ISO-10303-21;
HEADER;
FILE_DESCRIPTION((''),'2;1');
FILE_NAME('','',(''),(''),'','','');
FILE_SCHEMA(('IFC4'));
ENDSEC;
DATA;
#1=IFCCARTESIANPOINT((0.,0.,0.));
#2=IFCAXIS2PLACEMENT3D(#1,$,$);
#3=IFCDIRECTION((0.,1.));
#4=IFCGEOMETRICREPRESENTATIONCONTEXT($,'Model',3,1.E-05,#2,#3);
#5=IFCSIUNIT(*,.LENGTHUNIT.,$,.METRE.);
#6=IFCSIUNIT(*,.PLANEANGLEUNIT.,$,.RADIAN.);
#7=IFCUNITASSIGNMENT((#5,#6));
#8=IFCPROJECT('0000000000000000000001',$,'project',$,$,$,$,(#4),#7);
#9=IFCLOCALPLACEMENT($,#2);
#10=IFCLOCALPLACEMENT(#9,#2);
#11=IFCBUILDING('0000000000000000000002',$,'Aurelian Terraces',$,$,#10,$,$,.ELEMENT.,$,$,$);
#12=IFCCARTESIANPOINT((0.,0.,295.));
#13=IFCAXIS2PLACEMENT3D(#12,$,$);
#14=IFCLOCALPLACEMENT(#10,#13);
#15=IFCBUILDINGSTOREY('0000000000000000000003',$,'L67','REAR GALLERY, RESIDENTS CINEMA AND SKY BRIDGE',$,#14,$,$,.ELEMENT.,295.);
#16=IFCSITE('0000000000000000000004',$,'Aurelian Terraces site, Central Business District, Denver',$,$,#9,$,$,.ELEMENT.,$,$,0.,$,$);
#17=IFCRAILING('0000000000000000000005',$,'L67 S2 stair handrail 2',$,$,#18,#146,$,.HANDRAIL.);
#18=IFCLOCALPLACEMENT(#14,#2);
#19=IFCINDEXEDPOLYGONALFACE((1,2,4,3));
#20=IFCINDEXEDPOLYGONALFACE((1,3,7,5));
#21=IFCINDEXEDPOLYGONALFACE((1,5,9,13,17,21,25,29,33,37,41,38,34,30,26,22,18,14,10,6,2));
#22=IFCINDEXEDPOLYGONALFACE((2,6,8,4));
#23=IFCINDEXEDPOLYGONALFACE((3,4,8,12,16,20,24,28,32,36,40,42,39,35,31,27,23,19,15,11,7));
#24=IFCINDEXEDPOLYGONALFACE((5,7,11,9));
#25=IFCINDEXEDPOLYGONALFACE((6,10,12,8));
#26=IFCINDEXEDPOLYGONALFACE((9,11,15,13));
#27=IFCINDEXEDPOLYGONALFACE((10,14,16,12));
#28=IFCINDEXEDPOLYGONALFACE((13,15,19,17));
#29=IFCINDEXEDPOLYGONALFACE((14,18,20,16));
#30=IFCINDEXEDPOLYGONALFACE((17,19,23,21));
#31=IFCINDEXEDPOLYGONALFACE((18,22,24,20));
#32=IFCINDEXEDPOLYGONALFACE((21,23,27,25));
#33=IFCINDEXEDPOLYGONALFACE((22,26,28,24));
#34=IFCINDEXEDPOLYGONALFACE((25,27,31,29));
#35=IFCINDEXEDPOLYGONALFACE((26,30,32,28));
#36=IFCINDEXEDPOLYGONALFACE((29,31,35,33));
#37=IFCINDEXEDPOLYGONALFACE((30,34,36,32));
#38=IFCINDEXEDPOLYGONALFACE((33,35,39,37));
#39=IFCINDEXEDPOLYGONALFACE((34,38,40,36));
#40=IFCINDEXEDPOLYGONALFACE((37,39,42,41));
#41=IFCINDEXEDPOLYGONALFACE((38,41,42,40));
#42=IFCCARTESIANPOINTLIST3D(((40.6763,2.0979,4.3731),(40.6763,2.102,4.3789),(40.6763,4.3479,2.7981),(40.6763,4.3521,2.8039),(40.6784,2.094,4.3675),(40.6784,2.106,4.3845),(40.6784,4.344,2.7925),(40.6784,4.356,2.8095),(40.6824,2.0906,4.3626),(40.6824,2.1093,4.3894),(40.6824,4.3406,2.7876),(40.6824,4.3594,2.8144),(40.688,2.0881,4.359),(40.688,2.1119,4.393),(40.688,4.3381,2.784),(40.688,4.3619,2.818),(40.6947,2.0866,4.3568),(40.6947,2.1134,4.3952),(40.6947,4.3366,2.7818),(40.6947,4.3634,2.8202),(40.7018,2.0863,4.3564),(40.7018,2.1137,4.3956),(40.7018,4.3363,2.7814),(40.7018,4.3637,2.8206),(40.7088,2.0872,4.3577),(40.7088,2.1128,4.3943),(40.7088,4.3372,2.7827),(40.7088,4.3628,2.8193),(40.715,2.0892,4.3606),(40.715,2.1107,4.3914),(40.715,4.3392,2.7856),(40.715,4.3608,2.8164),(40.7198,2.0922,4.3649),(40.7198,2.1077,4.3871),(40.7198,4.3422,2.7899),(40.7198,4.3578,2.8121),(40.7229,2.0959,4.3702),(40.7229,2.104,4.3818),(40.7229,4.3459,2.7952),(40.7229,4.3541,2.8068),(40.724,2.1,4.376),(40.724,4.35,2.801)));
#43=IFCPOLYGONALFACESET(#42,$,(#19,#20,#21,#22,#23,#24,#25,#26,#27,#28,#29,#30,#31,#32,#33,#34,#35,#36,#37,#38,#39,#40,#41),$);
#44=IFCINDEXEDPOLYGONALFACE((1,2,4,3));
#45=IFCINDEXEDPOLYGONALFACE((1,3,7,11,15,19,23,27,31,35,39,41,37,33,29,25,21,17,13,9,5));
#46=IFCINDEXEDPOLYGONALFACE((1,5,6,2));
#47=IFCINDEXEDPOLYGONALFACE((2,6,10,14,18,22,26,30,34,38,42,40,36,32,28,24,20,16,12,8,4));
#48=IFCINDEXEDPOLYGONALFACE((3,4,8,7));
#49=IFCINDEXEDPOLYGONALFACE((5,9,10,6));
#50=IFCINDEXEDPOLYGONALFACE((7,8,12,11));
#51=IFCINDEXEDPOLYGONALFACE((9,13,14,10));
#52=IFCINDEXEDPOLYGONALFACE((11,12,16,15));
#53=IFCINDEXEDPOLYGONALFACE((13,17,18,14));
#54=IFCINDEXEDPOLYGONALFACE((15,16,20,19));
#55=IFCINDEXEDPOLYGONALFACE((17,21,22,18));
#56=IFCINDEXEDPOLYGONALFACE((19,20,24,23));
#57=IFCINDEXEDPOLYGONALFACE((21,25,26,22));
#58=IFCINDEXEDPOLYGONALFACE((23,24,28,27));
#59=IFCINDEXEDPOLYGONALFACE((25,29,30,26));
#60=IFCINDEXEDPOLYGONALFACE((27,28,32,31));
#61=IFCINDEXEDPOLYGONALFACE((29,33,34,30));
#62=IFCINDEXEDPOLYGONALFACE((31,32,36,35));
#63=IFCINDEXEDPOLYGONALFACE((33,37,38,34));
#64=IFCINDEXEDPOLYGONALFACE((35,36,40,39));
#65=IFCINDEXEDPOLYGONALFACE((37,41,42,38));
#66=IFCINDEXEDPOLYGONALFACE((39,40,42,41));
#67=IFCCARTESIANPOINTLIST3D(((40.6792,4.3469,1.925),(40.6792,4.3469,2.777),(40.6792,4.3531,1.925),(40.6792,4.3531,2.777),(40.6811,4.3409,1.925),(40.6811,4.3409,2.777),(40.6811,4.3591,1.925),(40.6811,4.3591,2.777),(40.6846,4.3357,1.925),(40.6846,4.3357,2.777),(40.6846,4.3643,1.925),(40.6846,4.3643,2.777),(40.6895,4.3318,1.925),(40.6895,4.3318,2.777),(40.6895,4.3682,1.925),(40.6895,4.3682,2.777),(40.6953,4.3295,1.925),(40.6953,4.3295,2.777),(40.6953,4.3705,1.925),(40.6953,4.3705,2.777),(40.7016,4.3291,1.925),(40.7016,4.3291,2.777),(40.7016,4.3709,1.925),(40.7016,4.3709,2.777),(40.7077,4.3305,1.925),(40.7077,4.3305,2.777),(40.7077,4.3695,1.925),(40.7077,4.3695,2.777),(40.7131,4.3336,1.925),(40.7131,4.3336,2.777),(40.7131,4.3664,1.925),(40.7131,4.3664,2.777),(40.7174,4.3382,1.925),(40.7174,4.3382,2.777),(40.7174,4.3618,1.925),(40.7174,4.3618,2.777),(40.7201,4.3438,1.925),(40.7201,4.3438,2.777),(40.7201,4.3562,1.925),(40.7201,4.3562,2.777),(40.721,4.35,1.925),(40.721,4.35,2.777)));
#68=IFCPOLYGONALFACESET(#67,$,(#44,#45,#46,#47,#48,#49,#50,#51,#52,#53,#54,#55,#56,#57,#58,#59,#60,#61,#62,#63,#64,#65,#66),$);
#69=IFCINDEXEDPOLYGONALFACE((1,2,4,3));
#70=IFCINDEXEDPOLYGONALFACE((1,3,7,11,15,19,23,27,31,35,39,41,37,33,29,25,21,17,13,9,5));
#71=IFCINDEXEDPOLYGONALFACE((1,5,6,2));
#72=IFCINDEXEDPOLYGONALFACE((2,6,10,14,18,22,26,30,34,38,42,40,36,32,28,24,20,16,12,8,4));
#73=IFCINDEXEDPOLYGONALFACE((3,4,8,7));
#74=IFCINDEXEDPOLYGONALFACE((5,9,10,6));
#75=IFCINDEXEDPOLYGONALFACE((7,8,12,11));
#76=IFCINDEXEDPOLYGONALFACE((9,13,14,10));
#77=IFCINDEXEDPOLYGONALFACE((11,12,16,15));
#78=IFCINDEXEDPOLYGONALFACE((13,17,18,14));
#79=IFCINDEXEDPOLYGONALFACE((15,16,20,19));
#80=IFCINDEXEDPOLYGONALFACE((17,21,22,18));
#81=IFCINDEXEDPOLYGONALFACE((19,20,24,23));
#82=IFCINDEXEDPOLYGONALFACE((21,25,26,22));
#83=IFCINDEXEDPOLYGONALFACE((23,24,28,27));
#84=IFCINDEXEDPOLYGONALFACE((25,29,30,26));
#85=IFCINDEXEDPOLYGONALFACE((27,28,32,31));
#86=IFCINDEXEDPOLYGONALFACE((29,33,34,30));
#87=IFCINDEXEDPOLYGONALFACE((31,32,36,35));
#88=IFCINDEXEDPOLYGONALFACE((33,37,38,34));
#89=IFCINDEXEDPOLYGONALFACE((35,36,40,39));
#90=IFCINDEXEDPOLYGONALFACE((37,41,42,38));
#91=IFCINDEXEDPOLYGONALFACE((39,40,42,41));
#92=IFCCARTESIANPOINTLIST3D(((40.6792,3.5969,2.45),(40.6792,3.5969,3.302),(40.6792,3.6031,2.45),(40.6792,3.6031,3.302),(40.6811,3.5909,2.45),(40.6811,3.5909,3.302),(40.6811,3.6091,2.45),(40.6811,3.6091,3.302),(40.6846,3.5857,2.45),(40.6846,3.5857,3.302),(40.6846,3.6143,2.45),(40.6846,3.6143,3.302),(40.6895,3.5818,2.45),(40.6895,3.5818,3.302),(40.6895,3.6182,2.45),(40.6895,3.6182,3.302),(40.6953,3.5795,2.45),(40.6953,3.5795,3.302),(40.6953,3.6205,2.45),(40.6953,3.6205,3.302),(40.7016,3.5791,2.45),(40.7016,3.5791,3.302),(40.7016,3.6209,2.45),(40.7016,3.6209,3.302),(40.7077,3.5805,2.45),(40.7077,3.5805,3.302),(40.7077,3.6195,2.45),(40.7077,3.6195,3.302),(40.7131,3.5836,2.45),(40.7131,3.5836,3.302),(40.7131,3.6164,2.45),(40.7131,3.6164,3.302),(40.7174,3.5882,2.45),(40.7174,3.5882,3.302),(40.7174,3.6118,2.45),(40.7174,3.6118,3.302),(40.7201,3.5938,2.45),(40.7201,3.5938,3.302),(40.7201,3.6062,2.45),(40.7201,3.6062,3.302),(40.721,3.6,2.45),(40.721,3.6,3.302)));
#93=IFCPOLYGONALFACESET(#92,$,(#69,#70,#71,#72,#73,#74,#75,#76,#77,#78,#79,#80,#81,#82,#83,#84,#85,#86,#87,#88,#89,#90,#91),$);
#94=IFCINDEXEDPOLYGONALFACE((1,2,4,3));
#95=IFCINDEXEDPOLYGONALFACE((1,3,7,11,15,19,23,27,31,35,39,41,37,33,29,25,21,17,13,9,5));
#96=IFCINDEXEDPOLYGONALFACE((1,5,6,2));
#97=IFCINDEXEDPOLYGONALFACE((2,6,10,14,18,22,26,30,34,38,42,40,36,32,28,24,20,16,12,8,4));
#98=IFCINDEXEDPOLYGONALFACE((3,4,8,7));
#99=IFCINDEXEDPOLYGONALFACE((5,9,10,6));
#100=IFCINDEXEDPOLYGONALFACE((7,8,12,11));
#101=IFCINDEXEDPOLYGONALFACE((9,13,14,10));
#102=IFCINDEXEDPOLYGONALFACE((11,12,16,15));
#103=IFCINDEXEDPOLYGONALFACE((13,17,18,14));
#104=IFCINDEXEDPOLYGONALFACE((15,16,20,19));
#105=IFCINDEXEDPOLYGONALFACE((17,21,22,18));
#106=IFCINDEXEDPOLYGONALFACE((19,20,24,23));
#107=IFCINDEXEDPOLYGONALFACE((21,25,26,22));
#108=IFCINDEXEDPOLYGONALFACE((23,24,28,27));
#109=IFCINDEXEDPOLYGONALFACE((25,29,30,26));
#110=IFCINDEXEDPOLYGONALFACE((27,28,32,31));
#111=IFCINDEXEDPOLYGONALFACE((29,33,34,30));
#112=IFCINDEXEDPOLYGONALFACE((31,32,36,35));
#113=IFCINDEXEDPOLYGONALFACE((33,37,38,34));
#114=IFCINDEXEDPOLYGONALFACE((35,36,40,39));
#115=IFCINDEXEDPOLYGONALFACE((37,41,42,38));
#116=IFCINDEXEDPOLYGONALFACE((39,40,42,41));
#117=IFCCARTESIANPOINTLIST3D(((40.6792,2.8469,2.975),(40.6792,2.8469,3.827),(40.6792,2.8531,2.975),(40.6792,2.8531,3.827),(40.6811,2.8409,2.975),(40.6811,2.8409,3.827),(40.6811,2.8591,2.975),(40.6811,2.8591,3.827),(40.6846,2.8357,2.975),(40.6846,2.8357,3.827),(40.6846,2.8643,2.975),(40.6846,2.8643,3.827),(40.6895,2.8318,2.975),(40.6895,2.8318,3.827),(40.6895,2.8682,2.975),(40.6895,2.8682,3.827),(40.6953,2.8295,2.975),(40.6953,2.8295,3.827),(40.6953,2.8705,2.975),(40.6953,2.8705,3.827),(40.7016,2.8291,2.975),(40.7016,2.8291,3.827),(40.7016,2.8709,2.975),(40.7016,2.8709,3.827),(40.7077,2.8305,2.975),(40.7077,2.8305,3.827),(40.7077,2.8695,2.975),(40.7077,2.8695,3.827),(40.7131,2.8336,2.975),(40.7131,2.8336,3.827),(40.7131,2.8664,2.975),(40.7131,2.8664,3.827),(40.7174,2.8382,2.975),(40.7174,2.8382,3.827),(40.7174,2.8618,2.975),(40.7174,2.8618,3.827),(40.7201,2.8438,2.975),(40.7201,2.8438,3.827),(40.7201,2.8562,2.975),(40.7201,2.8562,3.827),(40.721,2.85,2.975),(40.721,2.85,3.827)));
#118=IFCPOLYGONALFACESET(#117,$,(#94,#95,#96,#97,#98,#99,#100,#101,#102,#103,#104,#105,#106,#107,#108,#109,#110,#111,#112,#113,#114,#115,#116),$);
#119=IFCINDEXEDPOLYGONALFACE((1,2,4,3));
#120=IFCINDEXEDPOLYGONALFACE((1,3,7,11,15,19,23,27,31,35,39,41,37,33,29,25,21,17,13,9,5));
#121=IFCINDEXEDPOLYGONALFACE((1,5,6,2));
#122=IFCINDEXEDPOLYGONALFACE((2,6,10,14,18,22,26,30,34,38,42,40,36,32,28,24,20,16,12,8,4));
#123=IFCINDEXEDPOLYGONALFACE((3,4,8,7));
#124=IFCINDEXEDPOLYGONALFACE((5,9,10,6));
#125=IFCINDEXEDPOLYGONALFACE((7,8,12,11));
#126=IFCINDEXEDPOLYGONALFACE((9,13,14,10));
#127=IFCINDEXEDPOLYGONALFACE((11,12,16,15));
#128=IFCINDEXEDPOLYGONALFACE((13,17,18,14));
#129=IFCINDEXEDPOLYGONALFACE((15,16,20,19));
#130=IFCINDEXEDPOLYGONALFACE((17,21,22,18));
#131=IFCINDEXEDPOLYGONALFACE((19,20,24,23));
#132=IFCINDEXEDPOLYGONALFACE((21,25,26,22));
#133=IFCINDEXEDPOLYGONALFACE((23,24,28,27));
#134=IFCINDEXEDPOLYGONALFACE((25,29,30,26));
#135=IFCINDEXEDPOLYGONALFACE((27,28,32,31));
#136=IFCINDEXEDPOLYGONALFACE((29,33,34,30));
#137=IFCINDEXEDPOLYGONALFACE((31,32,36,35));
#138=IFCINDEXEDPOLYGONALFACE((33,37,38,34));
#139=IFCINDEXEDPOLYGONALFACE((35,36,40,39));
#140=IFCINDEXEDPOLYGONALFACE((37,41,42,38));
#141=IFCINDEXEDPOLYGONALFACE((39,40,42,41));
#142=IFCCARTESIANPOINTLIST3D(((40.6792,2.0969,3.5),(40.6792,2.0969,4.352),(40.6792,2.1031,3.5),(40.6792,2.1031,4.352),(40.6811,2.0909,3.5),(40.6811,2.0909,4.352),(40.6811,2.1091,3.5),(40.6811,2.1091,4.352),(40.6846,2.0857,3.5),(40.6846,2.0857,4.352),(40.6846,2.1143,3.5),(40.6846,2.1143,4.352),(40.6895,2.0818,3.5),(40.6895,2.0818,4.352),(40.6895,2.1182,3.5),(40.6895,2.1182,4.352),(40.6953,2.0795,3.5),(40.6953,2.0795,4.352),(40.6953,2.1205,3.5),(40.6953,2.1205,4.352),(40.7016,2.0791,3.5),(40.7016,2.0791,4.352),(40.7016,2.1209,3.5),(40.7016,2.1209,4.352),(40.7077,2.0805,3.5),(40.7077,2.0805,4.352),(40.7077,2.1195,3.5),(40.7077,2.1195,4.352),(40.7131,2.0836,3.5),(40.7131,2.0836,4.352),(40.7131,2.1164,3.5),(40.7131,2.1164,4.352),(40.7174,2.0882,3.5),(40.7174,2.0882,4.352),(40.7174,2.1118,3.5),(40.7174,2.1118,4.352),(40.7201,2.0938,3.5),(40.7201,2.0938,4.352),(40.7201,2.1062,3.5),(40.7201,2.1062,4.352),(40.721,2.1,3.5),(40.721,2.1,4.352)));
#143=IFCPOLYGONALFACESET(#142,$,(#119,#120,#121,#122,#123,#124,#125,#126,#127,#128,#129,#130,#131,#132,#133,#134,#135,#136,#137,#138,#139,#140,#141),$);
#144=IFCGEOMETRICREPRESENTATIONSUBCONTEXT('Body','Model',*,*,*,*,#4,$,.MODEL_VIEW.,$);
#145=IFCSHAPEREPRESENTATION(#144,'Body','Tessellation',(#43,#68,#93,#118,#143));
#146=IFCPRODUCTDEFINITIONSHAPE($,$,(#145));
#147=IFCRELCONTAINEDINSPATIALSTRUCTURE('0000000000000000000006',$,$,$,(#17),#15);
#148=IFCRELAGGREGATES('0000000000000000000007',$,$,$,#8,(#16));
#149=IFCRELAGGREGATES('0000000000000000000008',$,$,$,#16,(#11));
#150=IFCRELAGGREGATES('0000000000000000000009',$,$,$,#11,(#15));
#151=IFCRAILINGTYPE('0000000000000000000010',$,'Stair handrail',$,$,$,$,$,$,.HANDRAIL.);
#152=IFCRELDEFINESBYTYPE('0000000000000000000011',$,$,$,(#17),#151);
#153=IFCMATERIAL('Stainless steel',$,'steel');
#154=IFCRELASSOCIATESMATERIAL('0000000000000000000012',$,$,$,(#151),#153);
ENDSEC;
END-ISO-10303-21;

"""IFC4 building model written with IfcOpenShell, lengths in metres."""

from ifc_helpers import new_model, si_unit, direction, frame, origin, origin_2d, place, context, subcontext, project, spatial, circle, extrude, source, transform, mapped, material, type_object, element, save


model = new_model("IFC4")

# Units and contexts
model_context = context("Model", 3, precision=1e-05, world=origin(), true_north=direction((0.0, 1.0)))
body_context = subcontext(model_context, "Body", "Model", "MODEL_VIEW")
ifc_project = project(units=[si_unit("LENGTHUNIT", "METRE"), si_unit("PLANEANGLEUNIT", "RADIAN")], contexts=[model_context])

# Site, building, storey
site_placement = place(None, origin())
site = spatial("IfcSite", under=ifc_project, at=site_placement, Name="Aurelian Terraces site, Central Business District, Denver", CompositionType="ELEMENT", RefElevation=0.0)
building_placement = place(site_placement, origin())
building = spatial("IfcBuilding", under=site, at=building_placement, Name="Aurelian Terraces", CompositionType="ELEMENT")
storey_placement = place(building_placement, frame((0.0, 0.0, 295.0)))
storey = spatial("IfcBuildingStorey", under=building, at=storey_placement, Name="L67", Description="REAR GALLERY, RESIDENTS CINEMA AND SKY BRIDGE", CompositionType="ELEMENT", Elevation=295.0)

# Railing
ifc_material_1 = material(Name="Stainless steel", Category="steel")
railing_type_1 = type_object("IfcRailingType", Name="Stair handrail", PredefinedType="HANDRAIL", material=ifc_material_1)
shared_shape_1 = source(origin(), body_context, "Body", "SweptSolid", [
    extrude(circle(Radius=0.024, at=origin_2d()), frame((0.0, 0.0, 0.876), z_axis=(0.0, -0.819232, 0.573462), x_axis=(1.0, 0.0, 0.0)), (0.0, 0.0, 1.0), 2.7465),
    extrude(circle(Radius=0.021, at=origin_2d()), origin(), (0.0, 0.0, 1.0), 0.852),
    extrude(circle(Radius=0.021, at=origin_2d()), frame((0.0, -0.75, 0.525)), (0.0, 0.0, 1.0), 0.852),
    extrude(circle(Radius=0.021, at=origin_2d()), frame((0.0, -1.5, 1.05)), (0.0, 0.0, 1.0), 0.852),
    extrude(circle(Radius=0.021, at=origin_2d()), frame((0.0, -2.25, 1.575)), (0.0, 0.0, 1.0), 0.852),
])
railing_1_placement = place(storey_placement, frame((40.7, 4.35, 1.925)))
element("IfcRailing", 1, at=railing_1_placement, inside=storey, type_object=railing_type_1, Name="L67 S2 stair handrail 2", PredefinedType="HANDRAIL", context=body_context, shape_type="MappedRepresentation", body=[
    mapped(shared_shape_1, transform((0.0, 0.0, 0.0), scale=1.0)),
])

save(model, "model.ifc")
